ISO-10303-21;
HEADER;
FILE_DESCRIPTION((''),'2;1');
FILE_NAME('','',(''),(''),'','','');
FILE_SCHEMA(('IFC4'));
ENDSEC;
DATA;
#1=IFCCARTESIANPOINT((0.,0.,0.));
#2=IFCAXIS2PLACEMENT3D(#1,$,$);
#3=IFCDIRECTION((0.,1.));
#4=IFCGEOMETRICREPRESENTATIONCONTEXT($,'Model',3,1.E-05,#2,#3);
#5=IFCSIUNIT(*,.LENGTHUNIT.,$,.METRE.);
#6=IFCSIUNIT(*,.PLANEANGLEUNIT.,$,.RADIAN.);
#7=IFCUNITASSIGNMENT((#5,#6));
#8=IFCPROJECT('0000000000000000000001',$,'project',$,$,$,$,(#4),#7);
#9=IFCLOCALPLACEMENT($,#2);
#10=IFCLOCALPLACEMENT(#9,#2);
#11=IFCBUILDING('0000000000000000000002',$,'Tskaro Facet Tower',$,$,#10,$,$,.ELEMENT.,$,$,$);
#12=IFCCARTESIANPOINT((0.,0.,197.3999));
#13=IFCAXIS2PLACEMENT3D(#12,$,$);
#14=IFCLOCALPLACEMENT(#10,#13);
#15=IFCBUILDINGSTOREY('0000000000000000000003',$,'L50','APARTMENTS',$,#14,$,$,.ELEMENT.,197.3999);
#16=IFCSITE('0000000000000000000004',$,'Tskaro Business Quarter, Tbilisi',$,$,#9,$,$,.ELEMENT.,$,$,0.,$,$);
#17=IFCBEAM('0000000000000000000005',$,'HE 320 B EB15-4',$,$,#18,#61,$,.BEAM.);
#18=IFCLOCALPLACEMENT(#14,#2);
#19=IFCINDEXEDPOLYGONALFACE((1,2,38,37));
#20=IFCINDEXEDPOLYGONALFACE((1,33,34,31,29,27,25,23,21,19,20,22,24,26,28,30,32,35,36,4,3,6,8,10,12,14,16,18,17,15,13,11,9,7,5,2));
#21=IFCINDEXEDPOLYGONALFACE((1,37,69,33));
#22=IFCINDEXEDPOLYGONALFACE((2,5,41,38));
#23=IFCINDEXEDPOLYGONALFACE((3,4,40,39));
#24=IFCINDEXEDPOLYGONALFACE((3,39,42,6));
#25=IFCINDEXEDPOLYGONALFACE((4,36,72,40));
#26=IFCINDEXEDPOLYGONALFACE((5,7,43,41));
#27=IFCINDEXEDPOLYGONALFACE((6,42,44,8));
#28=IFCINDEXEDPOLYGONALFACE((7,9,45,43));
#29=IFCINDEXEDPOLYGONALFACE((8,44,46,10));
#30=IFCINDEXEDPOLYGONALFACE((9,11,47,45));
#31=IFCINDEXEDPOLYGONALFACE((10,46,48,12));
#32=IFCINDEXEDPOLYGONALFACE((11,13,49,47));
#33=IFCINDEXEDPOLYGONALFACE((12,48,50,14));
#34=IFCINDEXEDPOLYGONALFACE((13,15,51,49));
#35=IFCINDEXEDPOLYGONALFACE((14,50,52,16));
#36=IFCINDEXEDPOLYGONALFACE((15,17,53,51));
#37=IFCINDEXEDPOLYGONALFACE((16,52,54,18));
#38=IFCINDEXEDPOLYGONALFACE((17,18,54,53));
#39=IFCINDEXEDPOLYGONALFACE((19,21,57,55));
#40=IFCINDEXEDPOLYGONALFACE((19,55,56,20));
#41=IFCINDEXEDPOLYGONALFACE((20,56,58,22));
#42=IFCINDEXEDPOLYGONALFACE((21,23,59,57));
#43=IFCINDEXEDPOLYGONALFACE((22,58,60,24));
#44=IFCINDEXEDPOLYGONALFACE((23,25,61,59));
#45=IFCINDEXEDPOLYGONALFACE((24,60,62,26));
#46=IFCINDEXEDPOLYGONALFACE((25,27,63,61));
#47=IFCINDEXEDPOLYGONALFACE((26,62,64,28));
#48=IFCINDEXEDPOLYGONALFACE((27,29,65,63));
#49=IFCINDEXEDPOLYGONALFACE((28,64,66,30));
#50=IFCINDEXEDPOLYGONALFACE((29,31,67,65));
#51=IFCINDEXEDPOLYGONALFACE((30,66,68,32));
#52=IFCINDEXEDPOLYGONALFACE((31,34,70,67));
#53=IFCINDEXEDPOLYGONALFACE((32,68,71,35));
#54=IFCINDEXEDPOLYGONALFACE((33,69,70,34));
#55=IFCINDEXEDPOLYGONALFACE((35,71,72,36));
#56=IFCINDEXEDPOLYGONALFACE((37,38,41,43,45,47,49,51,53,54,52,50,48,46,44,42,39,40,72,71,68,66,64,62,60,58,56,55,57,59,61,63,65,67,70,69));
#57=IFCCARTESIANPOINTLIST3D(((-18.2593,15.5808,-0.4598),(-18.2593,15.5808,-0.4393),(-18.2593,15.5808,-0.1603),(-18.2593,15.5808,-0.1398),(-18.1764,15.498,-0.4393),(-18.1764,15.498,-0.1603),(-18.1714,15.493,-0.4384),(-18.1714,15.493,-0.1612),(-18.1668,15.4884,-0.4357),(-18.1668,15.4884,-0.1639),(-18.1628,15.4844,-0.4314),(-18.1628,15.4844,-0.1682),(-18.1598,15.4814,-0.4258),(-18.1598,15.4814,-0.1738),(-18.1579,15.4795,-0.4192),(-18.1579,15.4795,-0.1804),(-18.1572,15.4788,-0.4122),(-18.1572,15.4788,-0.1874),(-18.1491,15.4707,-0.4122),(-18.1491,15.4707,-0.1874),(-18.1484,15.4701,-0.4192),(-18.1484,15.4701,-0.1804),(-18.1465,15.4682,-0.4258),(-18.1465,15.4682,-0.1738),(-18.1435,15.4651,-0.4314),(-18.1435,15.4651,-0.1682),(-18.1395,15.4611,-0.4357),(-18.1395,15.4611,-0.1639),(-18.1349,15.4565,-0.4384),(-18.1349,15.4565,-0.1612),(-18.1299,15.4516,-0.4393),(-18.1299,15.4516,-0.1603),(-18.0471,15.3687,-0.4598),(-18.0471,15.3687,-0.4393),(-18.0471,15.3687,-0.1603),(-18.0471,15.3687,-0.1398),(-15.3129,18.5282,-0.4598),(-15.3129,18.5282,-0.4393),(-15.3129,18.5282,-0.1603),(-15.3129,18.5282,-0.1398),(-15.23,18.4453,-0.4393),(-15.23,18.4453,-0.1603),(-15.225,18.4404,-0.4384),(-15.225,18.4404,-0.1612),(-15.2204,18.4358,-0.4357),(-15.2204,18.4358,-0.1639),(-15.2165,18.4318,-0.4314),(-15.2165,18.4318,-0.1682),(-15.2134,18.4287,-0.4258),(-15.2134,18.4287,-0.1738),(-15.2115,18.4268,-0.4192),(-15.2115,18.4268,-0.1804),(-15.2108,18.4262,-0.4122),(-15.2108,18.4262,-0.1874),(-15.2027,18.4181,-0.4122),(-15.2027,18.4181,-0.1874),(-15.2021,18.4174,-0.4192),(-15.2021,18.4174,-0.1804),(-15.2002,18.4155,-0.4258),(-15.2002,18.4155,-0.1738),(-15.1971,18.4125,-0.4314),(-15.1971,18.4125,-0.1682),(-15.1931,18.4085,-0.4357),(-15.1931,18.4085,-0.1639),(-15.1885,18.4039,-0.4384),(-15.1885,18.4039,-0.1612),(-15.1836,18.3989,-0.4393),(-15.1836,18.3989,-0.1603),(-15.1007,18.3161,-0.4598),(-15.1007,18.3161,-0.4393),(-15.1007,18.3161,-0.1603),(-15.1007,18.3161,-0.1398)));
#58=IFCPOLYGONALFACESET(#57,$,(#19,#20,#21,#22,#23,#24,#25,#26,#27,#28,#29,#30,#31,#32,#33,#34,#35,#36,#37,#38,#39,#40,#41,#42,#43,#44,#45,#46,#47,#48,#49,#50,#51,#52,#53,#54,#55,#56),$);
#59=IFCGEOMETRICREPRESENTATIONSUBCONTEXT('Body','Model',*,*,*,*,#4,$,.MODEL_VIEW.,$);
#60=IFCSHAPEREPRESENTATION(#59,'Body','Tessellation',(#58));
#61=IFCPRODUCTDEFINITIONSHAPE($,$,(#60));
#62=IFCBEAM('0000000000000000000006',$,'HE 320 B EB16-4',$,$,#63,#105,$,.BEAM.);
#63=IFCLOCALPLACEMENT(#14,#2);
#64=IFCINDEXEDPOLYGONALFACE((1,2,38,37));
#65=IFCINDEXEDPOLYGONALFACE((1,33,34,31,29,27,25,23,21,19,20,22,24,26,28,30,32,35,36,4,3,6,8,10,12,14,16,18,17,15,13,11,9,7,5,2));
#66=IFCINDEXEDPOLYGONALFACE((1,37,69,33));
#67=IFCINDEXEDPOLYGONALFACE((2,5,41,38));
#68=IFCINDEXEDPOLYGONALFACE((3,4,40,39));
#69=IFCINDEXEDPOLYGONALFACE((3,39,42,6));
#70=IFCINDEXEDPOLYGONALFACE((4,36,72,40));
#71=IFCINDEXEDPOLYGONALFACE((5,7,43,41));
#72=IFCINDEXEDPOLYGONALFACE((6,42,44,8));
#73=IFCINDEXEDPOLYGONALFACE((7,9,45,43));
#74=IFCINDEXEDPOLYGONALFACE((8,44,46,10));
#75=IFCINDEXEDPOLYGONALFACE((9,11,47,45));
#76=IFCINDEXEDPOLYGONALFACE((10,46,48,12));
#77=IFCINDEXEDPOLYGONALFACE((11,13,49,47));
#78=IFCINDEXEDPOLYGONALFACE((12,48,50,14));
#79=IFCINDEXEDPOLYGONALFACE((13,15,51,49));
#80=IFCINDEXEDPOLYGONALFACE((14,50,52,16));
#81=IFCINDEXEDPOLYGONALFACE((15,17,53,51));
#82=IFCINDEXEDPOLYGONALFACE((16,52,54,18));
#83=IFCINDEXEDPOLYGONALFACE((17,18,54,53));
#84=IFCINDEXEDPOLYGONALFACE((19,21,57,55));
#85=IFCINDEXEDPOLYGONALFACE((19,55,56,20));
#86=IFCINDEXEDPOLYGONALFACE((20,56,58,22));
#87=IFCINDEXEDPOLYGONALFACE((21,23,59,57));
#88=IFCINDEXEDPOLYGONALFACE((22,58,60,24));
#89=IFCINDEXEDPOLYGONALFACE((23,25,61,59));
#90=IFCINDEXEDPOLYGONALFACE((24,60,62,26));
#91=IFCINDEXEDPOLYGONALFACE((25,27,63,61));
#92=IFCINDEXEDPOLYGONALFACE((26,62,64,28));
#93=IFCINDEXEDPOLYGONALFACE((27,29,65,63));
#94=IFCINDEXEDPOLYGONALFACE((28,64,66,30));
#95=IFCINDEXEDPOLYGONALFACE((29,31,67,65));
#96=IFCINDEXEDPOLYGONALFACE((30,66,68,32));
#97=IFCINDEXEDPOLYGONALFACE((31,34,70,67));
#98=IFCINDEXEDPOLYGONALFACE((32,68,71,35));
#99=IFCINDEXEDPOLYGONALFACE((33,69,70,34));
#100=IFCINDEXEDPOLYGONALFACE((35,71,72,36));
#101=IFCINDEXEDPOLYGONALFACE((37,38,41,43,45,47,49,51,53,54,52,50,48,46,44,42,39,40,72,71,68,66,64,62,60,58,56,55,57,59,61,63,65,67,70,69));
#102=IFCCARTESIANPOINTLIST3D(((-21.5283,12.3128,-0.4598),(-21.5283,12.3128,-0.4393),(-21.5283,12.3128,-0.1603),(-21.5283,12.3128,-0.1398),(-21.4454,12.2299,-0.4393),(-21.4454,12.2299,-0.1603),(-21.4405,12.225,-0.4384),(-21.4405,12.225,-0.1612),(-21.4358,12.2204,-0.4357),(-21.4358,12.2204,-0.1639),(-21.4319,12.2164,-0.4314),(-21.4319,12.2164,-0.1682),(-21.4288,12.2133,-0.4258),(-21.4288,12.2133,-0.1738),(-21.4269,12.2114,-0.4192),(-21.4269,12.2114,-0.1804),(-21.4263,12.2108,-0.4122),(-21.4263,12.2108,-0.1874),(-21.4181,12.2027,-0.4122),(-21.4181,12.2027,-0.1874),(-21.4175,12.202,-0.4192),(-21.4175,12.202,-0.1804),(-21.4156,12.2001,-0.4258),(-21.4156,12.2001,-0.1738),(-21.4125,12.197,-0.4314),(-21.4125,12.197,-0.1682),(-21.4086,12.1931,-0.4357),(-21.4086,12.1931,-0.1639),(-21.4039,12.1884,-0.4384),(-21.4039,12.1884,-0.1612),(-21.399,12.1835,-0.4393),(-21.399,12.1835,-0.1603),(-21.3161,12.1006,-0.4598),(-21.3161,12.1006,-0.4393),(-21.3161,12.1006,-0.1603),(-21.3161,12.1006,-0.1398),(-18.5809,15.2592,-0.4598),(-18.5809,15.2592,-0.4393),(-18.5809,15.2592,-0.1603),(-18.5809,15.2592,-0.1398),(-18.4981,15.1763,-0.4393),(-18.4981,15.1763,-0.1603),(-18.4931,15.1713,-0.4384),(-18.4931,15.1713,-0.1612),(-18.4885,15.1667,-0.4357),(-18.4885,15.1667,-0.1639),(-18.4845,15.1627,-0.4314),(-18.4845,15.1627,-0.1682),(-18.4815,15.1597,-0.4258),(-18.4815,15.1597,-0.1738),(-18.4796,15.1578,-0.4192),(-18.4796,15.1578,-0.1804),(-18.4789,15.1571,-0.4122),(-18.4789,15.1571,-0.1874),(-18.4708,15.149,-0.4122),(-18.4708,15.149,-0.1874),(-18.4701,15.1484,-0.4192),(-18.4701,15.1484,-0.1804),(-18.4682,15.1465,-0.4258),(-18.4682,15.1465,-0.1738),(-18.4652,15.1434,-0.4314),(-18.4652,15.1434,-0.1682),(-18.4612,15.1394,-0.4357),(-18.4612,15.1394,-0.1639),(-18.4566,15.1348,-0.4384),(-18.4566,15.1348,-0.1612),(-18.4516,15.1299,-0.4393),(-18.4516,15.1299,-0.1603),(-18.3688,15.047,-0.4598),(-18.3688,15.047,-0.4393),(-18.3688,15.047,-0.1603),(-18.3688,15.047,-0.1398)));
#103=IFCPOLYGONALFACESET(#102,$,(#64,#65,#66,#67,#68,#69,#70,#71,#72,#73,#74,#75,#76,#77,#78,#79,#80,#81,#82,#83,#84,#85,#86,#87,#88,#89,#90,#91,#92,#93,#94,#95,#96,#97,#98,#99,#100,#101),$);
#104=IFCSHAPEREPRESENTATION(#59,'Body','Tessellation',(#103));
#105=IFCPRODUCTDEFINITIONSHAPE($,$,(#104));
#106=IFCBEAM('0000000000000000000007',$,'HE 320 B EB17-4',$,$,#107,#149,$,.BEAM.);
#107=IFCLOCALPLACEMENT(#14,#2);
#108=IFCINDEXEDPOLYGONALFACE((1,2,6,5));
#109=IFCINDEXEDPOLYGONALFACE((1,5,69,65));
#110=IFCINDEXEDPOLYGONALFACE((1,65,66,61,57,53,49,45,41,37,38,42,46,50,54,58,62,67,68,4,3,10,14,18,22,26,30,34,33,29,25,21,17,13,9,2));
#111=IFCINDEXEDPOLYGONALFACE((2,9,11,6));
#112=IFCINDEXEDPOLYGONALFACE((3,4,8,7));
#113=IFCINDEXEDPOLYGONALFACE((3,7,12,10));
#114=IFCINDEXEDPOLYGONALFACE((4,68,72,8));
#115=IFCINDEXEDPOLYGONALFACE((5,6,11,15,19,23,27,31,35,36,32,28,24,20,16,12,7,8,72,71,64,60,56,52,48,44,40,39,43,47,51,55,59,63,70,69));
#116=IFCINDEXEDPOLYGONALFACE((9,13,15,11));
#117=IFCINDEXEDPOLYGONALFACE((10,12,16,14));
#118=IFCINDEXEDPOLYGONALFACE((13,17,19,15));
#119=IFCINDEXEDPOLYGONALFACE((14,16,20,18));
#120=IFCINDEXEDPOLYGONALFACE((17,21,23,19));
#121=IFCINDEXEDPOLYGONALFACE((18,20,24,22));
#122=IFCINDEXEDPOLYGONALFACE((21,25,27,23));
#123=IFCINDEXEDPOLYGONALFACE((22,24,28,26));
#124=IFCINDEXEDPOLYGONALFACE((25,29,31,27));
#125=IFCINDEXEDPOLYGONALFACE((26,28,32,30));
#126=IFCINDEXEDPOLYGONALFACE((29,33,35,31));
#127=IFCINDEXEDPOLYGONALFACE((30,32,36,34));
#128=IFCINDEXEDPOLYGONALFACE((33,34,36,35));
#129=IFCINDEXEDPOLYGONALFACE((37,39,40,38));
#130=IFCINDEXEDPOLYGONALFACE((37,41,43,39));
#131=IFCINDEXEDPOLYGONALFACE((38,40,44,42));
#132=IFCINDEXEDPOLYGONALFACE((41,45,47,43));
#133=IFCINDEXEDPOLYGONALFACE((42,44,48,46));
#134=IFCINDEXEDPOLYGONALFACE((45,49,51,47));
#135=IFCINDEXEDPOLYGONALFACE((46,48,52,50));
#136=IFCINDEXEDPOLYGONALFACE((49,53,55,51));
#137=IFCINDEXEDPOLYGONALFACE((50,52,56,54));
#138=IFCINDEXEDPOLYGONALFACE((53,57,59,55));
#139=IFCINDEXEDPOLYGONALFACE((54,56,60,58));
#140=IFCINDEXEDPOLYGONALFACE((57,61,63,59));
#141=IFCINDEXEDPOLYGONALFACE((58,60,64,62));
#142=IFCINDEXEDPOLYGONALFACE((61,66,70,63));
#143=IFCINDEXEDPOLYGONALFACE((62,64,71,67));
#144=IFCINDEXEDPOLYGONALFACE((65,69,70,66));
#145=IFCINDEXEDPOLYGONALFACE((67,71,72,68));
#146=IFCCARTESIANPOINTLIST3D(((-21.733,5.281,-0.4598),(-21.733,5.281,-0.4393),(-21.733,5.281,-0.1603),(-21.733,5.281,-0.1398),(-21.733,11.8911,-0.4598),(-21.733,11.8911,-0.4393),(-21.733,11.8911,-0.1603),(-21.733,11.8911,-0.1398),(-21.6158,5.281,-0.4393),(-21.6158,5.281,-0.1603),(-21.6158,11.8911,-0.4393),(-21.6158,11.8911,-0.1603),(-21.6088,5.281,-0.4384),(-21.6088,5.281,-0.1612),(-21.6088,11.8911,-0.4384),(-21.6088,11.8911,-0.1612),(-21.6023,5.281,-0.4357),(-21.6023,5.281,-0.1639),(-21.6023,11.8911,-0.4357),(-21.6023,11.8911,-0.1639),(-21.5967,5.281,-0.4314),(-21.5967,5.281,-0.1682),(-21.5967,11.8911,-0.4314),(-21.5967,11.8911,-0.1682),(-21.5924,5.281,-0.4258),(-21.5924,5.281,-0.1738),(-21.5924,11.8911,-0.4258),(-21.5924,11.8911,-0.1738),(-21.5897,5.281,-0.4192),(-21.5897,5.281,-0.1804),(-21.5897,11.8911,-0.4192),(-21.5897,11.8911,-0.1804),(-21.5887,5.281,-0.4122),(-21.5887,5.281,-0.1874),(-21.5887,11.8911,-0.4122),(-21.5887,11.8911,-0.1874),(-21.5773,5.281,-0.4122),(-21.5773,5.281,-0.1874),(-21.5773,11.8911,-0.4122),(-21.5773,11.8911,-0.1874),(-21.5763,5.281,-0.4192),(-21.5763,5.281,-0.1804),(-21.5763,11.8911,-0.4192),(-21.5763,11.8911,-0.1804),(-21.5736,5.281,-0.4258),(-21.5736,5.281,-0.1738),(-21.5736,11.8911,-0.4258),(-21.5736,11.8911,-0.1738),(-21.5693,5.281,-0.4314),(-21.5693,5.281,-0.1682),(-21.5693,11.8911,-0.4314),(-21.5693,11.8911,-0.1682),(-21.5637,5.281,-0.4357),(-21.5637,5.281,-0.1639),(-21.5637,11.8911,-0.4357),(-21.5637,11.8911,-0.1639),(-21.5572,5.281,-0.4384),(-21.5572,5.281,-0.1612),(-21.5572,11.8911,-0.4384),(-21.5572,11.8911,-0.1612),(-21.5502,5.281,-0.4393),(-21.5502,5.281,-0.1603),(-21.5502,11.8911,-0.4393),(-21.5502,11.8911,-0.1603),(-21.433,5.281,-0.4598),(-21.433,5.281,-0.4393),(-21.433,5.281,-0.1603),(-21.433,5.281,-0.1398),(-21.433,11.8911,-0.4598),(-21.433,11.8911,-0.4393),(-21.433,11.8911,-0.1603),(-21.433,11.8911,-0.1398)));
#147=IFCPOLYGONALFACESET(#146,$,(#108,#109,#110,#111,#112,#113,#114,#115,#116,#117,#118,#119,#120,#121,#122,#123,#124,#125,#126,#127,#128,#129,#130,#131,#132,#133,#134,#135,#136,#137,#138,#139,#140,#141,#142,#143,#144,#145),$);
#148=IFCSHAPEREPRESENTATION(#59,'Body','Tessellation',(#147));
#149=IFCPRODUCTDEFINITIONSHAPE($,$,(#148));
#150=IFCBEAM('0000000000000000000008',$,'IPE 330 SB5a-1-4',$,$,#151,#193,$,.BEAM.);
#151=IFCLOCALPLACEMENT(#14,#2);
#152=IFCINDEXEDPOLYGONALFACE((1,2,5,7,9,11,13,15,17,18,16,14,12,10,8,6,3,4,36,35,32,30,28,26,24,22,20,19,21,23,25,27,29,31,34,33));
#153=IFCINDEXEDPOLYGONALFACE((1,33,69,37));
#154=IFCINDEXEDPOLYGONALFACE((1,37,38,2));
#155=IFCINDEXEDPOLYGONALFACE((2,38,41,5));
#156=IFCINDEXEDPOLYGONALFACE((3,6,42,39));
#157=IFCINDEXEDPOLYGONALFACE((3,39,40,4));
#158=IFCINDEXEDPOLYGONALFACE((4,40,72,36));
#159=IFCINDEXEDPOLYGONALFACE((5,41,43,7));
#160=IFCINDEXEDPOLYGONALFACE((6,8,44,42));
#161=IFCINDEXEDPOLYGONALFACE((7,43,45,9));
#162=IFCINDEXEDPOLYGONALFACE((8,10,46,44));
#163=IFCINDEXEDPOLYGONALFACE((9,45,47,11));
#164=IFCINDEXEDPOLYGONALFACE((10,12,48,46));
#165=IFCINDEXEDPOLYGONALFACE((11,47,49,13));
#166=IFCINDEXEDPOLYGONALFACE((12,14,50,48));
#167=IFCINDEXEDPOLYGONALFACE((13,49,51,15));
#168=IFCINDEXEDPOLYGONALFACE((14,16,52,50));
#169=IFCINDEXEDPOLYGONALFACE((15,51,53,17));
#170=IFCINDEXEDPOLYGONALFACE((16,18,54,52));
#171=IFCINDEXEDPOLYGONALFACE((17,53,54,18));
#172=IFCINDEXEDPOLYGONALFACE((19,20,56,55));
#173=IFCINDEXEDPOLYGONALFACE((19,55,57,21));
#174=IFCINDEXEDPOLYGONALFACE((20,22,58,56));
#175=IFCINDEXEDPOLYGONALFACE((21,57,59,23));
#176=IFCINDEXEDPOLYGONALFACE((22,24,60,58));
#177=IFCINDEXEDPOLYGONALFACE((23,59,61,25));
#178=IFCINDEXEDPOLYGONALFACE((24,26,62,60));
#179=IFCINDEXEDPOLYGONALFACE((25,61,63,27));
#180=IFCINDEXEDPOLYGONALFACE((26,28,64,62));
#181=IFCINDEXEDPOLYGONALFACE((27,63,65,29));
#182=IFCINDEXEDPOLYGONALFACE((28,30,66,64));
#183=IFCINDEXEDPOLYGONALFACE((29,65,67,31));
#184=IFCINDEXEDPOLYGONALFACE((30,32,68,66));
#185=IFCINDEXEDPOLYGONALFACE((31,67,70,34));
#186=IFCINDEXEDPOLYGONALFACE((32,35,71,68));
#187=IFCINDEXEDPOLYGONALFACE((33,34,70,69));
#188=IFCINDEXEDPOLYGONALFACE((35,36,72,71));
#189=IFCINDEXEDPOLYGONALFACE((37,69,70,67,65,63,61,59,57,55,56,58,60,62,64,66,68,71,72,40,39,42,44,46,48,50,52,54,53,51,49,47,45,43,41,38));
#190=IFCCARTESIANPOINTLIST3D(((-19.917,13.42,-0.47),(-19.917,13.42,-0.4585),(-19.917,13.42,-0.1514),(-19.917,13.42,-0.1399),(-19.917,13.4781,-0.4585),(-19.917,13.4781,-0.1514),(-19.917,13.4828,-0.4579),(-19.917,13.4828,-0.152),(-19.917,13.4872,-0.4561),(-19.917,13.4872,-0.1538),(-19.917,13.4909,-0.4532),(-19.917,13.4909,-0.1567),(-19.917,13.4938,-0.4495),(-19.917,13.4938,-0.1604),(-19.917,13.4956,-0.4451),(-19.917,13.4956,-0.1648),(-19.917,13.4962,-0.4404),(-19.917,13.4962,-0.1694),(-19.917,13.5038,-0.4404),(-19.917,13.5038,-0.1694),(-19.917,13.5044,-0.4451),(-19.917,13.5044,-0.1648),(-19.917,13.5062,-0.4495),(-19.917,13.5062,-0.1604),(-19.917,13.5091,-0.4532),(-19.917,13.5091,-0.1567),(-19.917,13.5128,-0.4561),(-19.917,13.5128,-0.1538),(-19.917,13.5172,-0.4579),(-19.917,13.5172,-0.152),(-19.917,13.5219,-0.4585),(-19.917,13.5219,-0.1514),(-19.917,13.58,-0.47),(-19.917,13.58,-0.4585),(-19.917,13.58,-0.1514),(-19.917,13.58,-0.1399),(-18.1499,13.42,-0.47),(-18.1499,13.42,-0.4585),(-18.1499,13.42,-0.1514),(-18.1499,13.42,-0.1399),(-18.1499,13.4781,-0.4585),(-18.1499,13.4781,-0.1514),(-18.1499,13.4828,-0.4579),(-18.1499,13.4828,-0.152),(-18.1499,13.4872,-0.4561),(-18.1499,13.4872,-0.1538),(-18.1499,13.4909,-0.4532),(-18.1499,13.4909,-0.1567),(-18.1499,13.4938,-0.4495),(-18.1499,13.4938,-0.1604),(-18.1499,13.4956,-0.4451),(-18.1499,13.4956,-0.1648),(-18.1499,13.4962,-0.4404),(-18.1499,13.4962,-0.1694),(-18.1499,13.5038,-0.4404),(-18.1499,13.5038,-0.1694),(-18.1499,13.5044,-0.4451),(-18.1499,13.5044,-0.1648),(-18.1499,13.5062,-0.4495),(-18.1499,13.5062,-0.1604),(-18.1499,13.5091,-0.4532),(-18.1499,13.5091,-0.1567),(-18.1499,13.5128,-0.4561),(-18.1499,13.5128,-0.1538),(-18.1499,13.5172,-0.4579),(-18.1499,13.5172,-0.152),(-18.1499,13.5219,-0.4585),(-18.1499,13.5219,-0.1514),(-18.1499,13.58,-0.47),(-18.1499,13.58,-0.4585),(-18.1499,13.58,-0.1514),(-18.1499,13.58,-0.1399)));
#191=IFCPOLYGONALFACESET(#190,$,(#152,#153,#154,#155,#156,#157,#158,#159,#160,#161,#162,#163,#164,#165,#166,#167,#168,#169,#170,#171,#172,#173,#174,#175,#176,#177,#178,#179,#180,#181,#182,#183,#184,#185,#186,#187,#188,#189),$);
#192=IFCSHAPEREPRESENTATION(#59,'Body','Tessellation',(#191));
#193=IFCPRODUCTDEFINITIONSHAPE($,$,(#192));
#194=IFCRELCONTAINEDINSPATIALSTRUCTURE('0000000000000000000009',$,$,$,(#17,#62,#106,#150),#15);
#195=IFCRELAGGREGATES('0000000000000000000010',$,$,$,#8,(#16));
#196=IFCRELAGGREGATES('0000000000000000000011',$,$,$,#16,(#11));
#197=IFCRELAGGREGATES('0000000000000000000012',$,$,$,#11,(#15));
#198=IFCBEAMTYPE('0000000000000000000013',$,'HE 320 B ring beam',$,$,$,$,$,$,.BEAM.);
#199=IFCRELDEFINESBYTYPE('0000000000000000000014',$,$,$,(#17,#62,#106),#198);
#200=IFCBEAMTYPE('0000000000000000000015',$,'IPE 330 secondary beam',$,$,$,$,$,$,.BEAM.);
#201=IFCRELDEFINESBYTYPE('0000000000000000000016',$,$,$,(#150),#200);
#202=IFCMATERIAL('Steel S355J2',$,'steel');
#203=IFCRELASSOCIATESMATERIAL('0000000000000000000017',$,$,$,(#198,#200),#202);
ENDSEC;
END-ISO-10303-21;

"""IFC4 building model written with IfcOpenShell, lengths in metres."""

from ifc_helpers import new_model, si_unit, direction, frame, origin, origin_2d, place, context, subcontext, project, spatial, i_section, extrude, material, material_profile, profile_set, type_object, element, save


model = new_model("IFC4")

# Units and contexts
model_context = context("Model", 3, precision=1e-05, world=origin(), true_north=direction((0.0, 1.0)))
body_context = subcontext(model_context, "Body", "Model", "MODEL_VIEW")
ifc_project = project(units=[si_unit("LENGTHUNIT", "METRE"), si_unit("PLANEANGLEUNIT", "RADIAN")], contexts=[model_context])

# Site, building, storey
site_placement = place(None, origin())
site = spatial("IfcSite", under=ifc_project, at=site_placement, Name="Tskaro Business Quarter, Tbilisi", CompositionType="ELEMENT", RefElevation=0.0)
building_placement = place(site_placement, origin())
building = spatial("IfcBuilding", under=site, at=building_placement, Name="Tskaro Facet Tower", CompositionType="ELEMENT")
storey_placement = place(building_placement, frame((0.0, 0.0, 197.3999)))
storey = spatial("IfcBuildingStorey", under=building, at=storey_placement, Name="L50", Description="APARTMENTS", CompositionType="ELEMENT", Elevation=197.3999)

# Beams
ifc_material_1 = material(Name="Steel S355J2", Category="steel")
ifc_material_profile_1 = material_profile(ifc_material_1, i_section(OverallWidth=0.3, OverallDepth=0.3201, WebThickness=0.0115, FlangeThickness=0.0205, FilletRadius=0.0271, at=origin_2d()), Name="HE 320 B")
ifc_profile_set_1 = profile_set([ifc_material_profile_1], Name="Steel S355J2")
beam_type_1 = type_object("IfcBeamType", Name="HE 320 B ring beam", PredefinedType="BEAM", material=ifc_profile_set_1)
for number, where, z_axis, x_axis, name in (
    (1, (-15.2068, 18.4221, -0.2998), (-0.70699, -0.707224, 0.0), (0.707224, -0.70699, 0.0), "HE 320 B EB15-4"),
    (2, (-18.4749, 15.1531, -0.2998), (-0.707224, -0.70699, 0.0), (0.70699, -0.707224, 0.0), "HE 320 B EB16-4"),
):
    element("IfcBeam", number, at=place(storey_placement, frame(where, z_axis=z_axis, x_axis=x_axis)), inside=storey, type_object=beam_type_1, Name=name, PredefinedType="BEAM", context=body_context, shape_type="SweptSolid", body=[
        extrude(i_section(OverallWidth=0.3, OverallDepth=0.3201, WebThickness=0.0115, FlangeThickness=0.0205, FilletRadius=0.0271, at=origin_2d()), origin(), (0.0, 0.0, 1.0), 4.1675),
    ])
beam_1_placement = place(storey_placement, frame((-21.583, 11.8911, -0.2998), z_axis=(0.0, -1.0, 0.0), x_axis=(1.0, 0.0, 0.0)))
element("IfcBeam", 3, at=beam_1_placement, inside=storey, type_object=beam_type_1, Name="HE 320 B EB17-4", PredefinedType="BEAM", context=body_context, shape_type="SweptSolid", body=[
    extrude(i_section(OverallWidth=0.3, OverallDepth=0.3201, WebThickness=0.0115, FlangeThickness=0.0205, FilletRadius=0.0271, at=origin_2d()), origin(), (0.0, 0.0, 1.0), 6.6101),
])
ifc_material_profile_2 = material_profile(ifc_material_1, i_section(OverallWidth=0.1599, OverallDepth=0.3301, WebThickness=0.0076, FlangeThickness=0.0115, FilletRadius=0.0181, at=origin_2d()), Name="IPE 330")
ifc_profile_set_2 = profile_set([ifc_material_profile_2], Name="Steel S355J2")
beam_type_2 = type_object("IfcBeamType", Name="IPE 330 secondary beam", PredefinedType="BEAM", material=ifc_profile_set_2)
beam_2_placement = place(storey_placement, frame((-19.917, 13.5, -0.3049), z_axis=(1.0, 0.0, 0.0), x_axis=(0.0, 1.0, 0.0)))
element("IfcBeam", 4, at=beam_2_placement, inside=storey, type_object=beam_type_2, Name="IPE 330 SB5a-1-4", PredefinedType="BEAM", context=body_context, shape_type="SweptSolid", body=[
    extrude(i_section(OverallWidth=0.1599, OverallDepth=0.3301, WebThickness=0.0076, FlangeThickness=0.0115, FilletRadius=0.0181, at=origin_2d()), origin(), (0.0, 0.0, 1.0), 1.7671),
])

save(model, "model.ifc")
